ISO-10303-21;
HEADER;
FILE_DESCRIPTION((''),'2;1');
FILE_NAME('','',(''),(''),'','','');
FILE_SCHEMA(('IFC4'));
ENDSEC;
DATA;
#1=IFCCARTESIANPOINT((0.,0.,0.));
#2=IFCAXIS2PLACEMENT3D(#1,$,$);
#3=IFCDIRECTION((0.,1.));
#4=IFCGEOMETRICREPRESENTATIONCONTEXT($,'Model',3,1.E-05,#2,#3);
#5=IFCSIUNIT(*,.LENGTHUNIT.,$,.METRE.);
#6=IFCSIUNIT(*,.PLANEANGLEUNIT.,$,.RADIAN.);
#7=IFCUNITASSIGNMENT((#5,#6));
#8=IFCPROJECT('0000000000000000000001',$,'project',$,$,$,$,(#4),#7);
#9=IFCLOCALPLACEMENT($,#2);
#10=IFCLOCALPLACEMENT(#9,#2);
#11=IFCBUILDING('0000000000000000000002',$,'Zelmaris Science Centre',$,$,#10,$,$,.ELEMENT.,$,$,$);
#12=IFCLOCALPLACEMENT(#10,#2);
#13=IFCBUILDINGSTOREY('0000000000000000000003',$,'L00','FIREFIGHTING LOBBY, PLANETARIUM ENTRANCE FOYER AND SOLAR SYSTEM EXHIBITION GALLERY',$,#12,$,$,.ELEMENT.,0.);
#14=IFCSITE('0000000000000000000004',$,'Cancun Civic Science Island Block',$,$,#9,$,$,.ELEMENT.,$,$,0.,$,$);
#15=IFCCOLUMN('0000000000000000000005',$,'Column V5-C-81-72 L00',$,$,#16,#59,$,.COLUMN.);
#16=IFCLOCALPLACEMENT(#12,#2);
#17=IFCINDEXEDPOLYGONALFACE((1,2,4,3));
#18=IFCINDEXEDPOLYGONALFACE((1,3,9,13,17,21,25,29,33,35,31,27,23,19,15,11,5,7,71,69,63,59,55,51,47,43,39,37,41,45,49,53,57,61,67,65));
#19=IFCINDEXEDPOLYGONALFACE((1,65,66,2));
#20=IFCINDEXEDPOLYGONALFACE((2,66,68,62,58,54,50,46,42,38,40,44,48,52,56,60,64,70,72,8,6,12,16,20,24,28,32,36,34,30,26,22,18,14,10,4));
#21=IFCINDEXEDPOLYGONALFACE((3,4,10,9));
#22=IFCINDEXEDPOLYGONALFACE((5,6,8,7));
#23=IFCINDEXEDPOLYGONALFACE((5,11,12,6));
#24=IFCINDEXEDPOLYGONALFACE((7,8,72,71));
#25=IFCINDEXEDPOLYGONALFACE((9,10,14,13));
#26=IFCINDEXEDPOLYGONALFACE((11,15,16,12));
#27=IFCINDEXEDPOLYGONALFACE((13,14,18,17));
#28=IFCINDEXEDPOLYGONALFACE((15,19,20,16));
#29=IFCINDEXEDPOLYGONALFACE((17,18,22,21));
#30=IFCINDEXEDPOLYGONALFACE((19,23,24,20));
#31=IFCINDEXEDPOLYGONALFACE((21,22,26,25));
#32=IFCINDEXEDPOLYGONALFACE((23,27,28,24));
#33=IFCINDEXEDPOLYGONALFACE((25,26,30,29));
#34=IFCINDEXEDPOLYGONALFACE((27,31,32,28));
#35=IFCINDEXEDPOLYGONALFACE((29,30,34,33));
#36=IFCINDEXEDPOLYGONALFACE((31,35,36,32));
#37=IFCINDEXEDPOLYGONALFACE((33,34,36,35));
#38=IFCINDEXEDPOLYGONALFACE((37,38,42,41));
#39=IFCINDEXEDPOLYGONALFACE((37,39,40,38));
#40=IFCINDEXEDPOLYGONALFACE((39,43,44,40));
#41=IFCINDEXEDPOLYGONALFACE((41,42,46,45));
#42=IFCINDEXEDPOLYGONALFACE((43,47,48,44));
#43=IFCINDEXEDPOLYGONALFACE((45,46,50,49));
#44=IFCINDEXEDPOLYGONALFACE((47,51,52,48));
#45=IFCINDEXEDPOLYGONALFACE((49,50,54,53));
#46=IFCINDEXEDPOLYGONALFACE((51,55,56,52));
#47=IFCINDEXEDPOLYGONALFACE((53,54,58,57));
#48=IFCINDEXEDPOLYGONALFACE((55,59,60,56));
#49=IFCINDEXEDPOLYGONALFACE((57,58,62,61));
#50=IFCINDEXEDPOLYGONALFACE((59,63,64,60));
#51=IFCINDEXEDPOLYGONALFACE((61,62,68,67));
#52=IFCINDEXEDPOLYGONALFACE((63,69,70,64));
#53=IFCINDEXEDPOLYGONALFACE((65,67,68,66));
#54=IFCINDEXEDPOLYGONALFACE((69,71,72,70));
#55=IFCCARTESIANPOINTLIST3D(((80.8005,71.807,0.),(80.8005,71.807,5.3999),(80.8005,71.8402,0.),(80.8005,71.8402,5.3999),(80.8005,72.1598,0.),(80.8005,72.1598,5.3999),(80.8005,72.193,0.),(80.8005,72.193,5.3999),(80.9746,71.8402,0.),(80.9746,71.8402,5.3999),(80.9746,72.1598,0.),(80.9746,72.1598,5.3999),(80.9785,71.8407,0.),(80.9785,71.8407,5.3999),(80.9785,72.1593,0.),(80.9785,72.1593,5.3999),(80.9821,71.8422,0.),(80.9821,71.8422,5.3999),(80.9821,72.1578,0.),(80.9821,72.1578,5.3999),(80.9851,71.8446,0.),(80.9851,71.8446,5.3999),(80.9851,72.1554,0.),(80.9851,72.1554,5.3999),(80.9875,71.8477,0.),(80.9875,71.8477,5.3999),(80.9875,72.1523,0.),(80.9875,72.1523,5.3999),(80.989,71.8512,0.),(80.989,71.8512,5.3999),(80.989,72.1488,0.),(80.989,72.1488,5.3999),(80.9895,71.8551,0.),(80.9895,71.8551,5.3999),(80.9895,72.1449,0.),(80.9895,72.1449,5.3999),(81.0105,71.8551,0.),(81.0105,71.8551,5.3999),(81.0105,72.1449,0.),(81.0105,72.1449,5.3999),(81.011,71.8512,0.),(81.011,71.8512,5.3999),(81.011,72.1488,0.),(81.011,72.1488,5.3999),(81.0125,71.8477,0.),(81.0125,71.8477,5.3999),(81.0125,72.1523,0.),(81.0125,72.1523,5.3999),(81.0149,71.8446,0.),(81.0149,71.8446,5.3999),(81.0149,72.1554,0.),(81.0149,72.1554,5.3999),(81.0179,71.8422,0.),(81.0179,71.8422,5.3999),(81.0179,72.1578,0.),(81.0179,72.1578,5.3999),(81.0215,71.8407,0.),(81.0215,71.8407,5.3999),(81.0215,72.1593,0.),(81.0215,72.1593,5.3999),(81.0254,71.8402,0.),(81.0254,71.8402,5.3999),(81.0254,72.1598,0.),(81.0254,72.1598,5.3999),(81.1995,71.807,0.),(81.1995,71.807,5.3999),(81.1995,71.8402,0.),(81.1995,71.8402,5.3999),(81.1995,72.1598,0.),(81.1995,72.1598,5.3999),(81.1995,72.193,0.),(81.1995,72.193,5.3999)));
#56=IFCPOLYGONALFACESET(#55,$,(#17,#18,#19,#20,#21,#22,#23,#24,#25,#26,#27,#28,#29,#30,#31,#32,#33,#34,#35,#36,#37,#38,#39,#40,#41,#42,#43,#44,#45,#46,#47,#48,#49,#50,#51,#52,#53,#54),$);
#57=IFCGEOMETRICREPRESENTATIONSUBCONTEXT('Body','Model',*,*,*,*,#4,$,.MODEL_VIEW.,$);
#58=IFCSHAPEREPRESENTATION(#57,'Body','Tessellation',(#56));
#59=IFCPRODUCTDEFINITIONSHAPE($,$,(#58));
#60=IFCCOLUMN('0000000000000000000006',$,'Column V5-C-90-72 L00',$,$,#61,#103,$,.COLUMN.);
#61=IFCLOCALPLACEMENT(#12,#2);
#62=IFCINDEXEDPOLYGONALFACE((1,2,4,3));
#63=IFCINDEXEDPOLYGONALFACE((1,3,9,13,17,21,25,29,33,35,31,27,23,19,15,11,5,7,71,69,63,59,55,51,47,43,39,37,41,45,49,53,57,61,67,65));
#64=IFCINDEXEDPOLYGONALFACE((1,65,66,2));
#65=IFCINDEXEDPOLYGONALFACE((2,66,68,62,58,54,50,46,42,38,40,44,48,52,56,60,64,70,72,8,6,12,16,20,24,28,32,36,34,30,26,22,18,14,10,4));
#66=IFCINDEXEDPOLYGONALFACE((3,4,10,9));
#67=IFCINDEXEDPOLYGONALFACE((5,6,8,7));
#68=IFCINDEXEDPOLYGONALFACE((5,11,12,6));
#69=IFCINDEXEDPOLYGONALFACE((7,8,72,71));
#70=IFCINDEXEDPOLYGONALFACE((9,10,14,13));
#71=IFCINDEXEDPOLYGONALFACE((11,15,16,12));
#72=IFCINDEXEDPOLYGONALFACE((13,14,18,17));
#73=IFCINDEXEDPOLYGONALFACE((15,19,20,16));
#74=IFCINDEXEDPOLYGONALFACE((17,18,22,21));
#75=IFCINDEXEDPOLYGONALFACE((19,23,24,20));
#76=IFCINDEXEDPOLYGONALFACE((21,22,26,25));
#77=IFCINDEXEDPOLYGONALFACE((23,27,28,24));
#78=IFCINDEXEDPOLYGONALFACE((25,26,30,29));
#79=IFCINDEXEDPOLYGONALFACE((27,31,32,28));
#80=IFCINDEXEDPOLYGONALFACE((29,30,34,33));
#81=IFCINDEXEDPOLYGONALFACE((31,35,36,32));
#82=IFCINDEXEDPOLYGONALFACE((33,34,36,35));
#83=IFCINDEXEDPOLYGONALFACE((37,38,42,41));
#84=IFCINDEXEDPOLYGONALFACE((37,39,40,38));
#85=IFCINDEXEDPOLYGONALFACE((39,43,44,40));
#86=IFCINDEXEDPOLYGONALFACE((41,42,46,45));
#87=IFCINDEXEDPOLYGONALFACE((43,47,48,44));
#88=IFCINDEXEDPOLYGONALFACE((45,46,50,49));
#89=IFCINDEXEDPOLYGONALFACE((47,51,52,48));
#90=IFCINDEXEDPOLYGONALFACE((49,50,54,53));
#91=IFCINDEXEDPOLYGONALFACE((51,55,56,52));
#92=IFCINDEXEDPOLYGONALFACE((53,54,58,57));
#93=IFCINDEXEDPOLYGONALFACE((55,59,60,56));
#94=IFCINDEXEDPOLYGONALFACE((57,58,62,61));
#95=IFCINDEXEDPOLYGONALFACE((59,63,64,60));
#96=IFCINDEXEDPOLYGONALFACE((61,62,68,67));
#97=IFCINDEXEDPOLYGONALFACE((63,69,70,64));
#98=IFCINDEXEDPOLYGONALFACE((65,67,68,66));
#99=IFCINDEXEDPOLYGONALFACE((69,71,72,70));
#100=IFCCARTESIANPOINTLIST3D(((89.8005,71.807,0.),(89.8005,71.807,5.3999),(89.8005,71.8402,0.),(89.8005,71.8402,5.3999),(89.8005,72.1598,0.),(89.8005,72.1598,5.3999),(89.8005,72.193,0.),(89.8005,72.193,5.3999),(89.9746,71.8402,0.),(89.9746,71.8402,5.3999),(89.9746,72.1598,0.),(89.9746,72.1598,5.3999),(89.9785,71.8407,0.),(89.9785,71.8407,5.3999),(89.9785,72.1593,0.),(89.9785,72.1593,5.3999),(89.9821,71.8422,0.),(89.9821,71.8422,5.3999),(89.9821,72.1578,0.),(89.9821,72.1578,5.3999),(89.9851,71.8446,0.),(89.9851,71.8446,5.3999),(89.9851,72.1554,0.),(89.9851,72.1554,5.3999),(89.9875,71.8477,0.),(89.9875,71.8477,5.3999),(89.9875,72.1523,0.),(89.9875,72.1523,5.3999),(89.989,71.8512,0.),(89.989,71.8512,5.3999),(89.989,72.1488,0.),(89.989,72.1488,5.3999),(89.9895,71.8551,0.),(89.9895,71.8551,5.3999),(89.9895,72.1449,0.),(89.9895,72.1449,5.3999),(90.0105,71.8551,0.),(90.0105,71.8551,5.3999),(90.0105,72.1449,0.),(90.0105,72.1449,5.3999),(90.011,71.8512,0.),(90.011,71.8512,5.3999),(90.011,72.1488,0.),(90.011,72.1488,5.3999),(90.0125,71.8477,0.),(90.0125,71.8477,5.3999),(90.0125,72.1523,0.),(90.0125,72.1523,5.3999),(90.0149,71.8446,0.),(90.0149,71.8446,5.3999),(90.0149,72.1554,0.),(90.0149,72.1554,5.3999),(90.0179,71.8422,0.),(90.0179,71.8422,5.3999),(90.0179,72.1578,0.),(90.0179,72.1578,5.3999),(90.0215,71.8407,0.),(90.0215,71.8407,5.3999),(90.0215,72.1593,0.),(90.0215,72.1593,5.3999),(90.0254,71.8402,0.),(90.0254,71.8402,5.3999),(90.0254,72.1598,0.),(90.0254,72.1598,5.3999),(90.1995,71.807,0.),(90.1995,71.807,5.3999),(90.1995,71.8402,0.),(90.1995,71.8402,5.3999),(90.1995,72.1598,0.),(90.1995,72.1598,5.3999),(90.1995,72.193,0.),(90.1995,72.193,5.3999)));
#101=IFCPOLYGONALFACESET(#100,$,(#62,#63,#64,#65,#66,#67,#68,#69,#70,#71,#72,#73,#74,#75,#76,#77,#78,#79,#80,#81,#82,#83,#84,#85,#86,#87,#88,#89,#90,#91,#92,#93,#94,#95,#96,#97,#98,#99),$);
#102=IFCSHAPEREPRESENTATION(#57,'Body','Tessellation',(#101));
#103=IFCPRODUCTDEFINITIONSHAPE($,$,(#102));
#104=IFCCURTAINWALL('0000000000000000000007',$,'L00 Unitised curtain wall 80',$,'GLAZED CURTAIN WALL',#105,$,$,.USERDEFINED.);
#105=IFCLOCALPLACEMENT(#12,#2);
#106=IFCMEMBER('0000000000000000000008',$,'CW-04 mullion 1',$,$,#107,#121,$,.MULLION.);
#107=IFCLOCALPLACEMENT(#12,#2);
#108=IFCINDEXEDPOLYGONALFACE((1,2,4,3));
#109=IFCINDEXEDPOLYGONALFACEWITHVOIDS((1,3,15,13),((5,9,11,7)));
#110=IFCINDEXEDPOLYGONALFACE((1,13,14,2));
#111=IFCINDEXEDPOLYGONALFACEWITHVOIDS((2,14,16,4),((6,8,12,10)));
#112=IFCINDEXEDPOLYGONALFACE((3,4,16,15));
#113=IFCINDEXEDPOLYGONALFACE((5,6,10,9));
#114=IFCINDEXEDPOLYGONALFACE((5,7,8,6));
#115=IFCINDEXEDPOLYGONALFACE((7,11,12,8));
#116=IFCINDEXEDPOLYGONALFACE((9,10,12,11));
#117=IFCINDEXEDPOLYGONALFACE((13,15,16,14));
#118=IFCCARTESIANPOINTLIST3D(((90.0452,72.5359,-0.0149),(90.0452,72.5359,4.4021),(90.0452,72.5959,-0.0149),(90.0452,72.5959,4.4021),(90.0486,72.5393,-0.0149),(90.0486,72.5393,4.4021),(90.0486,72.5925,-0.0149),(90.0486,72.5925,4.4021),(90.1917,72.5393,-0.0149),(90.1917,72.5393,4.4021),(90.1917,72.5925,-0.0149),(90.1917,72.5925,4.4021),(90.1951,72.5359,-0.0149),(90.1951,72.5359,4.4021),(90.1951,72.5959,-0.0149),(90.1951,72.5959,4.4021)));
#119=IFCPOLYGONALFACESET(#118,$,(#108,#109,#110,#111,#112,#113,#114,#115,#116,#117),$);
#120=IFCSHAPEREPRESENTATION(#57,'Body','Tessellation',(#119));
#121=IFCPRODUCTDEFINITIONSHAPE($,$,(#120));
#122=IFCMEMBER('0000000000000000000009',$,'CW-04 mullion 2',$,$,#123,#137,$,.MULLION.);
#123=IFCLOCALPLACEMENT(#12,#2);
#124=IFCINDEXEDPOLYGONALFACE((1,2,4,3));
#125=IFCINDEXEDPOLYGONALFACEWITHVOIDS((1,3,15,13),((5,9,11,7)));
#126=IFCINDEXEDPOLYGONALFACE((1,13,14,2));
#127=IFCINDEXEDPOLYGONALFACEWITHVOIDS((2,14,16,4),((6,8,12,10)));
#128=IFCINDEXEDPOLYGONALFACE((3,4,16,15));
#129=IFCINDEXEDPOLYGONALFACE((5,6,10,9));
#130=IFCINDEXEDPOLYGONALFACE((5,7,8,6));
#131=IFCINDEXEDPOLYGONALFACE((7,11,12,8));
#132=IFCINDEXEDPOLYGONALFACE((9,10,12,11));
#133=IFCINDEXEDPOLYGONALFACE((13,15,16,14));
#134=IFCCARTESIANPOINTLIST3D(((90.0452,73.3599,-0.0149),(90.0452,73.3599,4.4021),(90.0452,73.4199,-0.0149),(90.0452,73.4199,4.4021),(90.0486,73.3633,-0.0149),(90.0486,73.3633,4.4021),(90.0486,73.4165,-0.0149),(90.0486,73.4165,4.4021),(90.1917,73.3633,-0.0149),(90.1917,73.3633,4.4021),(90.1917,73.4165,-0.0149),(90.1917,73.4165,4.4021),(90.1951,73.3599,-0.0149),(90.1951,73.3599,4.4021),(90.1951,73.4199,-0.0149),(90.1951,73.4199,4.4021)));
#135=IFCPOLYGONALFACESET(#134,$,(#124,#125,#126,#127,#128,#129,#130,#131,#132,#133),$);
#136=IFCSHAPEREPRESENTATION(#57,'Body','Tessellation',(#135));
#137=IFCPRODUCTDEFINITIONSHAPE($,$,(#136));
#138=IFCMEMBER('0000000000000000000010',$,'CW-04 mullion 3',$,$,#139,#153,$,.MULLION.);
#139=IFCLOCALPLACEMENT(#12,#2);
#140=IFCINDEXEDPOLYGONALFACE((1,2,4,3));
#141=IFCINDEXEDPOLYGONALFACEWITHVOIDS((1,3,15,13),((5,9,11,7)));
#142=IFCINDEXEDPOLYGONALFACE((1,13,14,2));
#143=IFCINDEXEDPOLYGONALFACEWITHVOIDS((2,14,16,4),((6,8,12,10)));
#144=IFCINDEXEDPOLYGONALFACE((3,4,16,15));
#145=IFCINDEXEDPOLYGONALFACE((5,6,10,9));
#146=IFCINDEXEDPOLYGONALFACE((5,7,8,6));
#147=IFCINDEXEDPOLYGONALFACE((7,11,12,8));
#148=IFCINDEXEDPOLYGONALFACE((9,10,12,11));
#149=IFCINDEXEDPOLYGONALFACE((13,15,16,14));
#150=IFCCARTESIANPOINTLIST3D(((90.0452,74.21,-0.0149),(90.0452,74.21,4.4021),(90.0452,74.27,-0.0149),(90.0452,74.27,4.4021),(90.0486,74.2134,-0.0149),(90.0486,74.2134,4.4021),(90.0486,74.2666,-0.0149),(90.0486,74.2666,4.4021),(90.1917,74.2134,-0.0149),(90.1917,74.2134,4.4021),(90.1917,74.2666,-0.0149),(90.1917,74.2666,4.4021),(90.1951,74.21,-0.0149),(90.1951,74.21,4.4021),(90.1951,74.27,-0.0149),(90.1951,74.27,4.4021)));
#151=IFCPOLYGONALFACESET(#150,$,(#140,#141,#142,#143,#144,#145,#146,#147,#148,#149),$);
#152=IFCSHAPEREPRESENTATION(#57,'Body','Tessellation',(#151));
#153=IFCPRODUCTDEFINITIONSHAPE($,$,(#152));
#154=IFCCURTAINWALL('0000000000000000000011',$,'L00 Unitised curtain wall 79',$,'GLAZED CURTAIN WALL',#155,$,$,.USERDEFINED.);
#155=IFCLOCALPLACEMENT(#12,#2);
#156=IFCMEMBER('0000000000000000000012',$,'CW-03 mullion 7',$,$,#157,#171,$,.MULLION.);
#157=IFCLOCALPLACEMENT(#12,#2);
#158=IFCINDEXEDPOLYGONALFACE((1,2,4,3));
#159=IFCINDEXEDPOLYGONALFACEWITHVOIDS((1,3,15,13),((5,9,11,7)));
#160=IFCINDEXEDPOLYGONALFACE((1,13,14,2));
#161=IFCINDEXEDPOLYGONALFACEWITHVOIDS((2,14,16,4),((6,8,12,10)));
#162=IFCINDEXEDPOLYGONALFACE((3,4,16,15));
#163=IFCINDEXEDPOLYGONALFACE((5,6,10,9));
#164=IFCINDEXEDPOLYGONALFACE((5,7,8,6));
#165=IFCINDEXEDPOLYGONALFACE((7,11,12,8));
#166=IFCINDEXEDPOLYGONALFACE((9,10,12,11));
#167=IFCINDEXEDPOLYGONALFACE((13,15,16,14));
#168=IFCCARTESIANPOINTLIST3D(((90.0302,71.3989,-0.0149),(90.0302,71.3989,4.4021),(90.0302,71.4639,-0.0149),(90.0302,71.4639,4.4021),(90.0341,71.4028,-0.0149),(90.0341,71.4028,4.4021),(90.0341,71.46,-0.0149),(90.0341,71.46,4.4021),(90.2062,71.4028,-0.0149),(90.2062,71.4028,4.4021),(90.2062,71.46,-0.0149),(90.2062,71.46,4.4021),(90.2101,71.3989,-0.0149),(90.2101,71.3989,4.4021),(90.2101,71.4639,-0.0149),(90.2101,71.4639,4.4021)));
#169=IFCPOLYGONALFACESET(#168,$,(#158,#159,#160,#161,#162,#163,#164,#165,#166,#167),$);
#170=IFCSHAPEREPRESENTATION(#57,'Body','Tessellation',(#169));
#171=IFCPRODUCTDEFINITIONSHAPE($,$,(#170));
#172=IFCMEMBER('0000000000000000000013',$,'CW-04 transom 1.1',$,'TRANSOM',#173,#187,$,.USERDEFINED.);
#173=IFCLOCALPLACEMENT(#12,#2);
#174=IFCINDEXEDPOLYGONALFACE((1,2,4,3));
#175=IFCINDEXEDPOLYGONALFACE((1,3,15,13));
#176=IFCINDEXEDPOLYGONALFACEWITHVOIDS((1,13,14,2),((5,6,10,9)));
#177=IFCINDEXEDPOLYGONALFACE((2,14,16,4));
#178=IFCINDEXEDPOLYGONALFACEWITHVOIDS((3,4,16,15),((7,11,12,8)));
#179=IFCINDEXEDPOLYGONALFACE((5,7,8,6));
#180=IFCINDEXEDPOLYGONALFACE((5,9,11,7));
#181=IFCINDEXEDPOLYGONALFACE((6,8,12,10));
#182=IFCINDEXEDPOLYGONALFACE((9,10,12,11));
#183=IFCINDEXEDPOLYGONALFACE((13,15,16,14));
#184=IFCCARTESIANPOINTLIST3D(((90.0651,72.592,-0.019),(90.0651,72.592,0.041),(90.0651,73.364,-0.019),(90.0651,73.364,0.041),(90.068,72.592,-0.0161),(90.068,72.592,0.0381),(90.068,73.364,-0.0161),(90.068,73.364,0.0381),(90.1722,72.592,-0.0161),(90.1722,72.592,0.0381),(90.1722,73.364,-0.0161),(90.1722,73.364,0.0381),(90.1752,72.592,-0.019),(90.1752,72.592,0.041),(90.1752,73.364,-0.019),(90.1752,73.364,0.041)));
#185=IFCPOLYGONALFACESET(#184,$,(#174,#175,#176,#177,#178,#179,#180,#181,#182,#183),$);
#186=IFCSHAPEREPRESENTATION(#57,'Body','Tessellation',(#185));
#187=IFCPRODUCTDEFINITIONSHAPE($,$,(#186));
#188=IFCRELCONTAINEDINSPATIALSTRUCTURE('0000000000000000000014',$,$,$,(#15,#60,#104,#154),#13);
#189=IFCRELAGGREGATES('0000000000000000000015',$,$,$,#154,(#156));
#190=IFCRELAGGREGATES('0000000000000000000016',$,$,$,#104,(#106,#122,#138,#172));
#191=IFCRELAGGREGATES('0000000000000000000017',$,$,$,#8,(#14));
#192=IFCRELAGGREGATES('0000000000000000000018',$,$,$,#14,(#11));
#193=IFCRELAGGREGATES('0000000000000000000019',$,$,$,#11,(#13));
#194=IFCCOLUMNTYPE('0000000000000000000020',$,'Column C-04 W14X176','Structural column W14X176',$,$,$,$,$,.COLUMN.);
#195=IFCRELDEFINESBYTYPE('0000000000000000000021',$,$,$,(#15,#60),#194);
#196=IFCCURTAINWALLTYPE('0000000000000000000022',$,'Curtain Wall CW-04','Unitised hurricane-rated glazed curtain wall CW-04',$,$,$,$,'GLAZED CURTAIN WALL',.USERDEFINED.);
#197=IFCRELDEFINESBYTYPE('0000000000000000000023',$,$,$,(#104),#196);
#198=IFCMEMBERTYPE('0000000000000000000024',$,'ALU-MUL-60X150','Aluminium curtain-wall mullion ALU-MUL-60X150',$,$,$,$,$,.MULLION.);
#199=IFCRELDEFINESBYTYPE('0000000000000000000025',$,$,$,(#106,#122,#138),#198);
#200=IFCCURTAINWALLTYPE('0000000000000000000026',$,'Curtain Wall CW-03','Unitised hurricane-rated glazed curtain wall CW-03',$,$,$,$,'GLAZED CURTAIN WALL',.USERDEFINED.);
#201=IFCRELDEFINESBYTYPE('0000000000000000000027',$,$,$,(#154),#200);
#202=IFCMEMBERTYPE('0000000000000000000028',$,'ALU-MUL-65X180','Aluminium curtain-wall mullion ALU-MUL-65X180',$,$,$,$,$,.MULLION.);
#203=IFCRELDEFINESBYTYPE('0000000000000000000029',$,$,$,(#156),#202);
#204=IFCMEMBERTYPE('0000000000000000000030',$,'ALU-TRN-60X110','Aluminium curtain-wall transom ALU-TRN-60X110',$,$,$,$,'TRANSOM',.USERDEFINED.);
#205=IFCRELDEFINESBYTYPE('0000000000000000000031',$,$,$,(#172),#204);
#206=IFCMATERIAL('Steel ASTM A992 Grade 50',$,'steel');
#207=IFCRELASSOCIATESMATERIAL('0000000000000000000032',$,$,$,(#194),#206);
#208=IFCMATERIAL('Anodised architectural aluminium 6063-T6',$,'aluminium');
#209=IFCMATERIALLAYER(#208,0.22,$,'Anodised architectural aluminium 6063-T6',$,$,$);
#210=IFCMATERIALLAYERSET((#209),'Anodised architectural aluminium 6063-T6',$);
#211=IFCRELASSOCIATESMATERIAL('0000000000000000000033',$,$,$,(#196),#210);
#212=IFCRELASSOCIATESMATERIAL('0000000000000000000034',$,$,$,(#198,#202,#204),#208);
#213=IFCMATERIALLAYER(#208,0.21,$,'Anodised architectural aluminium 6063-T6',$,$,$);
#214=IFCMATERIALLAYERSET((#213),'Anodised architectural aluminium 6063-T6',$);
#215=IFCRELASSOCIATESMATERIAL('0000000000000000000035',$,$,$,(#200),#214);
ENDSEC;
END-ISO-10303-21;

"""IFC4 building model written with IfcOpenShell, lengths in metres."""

from ifc_helpers import new_model, si_unit, direction, frame, origin, origin_2d, place, context, subcontext, project, spatial, hollow_rectangle, i_section, extrude, material, layer, layer_set, material_profile, profile_set, type_object, element, aggregate, save


model = new_model("IFC4")

# Units and contexts
model_context = context("Model", 3, precision=1e-05, world=origin(), true_north=direction((0.0, 1.0)))
body_context = subcontext(model_context, "Body", "Model", "MODEL_VIEW")
ifc_project = project(units=[si_unit("LENGTHUNIT", "METRE"), si_unit("PLANEANGLEUNIT", "RADIAN")], contexts=[model_context])

# Site, building, storey
site_placement = place(None, origin())
site = spatial("IfcSite", under=ifc_project, at=site_placement, Name="Cancun Civic Science Island Block", CompositionType="ELEMENT", RefElevation=0.0)
building_placement = place(site_placement, origin())
building = spatial("IfcBuilding", under=site, at=building_placement, Name="Zelmaris Science Centre", CompositionType="ELEMENT")
storey_placement = place(building_placement, origin())
storey = spatial("IfcBuildingStorey", under=building, at=storey_placement, Name="L00", Description="FIREFIGHTING LOBBY, PLANETARIUM ENTRANCE FOYER AND SOLAR SYSTEM EXHIBITION GALLERY", CompositionType="ELEMENT", Elevation=0.0)

# Columns
ifc_material_1 = material(Name="Steel ASTM A992 Grade 50", Category="steel")
ifc_material_profile_1 = material_profile(ifc_material_1, i_section(OverallWidth=0.3989, OverallDepth=0.386, WebThickness=0.021, FlangeThickness=0.0332, FilletRadius=0.0149, at=origin_2d()), Name="W14X176")
ifc_profile_set_1 = profile_set([ifc_material_profile_1], Name="Steel ASTM A992 Grade 50")
column_type = type_object("IfcColumnType", Name="Column C-04 W14X176", Description="Structural column W14X176", PredefinedType="COLUMN", material=ifc_profile_set_1)
for number, where, z_axis, x_axis, name in (
    (1, (81.0, 72.0, 0.0), (0.0, 0.0, 1.0), (1.0, 0.0, 0.0), "Column V5-C-81-72 L00"),
    (2, (90.0, 72.0, 0.0), (0.0, 0.0, 1.0), (1.0, 0.0, 0.0), "Column V5-C-90-72 L00"),
):
    element("IfcColumn", number, at=place(storey_placement, frame(where, z_axis=z_axis, x_axis=x_axis)), inside=storey, type_object=column_type, Name=name, PredefinedType="COLUMN", context=body_context, shape_type="SweptSolid", body=[
        extrude(i_section(OverallWidth=0.3989, OverallDepth=0.386, WebThickness=0.021, FlangeThickness=0.0332, FilletRadius=0.0149, at=origin_2d()), origin(), (0.0, 0.0, 1.0), 5.3999),
    ])

# Curtain wall, members
ifc_material_2 = material(Name="Anodised architectural aluminium 6063-T6", Category="aluminium")
ifc_layer_1 = layer(ifc_material_2, 0.22, Name="Anodised architectural aluminium 6063-T6")
ifc_layer_set_1 = layer_set([ifc_layer_1], Name="Anodised architectural aluminium 6063-T6")
curtain_wall_type_1 = type_object("IfcCurtainWallType", Name="Curtain Wall CW-04", Description="Unitised hurricane-rated glazed curtain wall CW-04", ElementType="GLAZED CURTAIN WALL", PredefinedType="USERDEFINED", material=ifc_layer_set_1)
curtain_wall_1_placement = place(storey_placement, origin())
curtain_wall_1 = element("IfcCurtainWall", 3, at=curtain_wall_1_placement, inside=storey, type_object=curtain_wall_type_1, Name="L00 Unitised curtain wall 80", ObjectType="GLAZED CURTAIN WALL", PredefinedType="USERDEFINED")
ifc_material_profile_2 = material_profile(ifc_material_2, hollow_rectangle(XDim=0.0601, YDim=0.1499, WallThickness=0.0034, at=origin_2d()), Name="ALU-MUL-60X150")
ifc_profile_set_2 = profile_set([ifc_material_profile_2], Name="Anodised architectural aluminium 6063-T6")
member_type_1 = type_object("IfcMemberType", Name="ALU-MUL-60X150", Description="Aluminium curtain-wall mullion ALU-MUL-60X150", PredefinedType="MULLION", material=ifc_profile_set_2)
member_1_placement = place(storey_placement, frame((90.1201, 72.5659, -0.0149), z_axis=(0.0, 0.0, 1.0), x_axis=(0.0, 1.0, 0.0)))
member_1 = element("IfcMember", 4, at=member_1_placement, type_object=member_type_1, Name="CW-04 mullion 1", PredefinedType="MULLION", context=body_context, shape_type="SweptSolid", body=[
    extrude(hollow_rectangle(XDim=0.0601, YDim=0.1499, WallThickness=0.0034, at=origin_2d()), origin(), (0.0, 0.0, 1.0), 4.417),
])
member_2_placement = place(storey_placement, frame((90.1201, 73.3899, -0.0149), z_axis=(0.0, 0.0, 1.0), x_axis=(0.0, 1.0, 0.0)))
member_2 = element("IfcMember", 5, at=member_2_placement, type_object=member_type_1, Name="CW-04 mullion 2", PredefinedType="MULLION", context=body_context, shape_type="SweptSolid", body=[
    extrude(hollow_rectangle(XDim=0.0601, YDim=0.1499, WallThickness=0.0034, at=origin_2d()), origin(), (0.0, 0.0, 1.0), 4.417),
])
member_3_placement = place(storey_placement, frame((90.1201, 74.24, -0.0149), z_axis=(0.0, 0.0, 1.0), x_axis=(0.0, 1.0, 0.0)))
member_3 = element("IfcMember", 6, at=member_3_placement, type_object=member_type_1, Name="CW-04 mullion 3", PredefinedType="MULLION", context=body_context, shape_type="SweptSolid", body=[
    extrude(hollow_rectangle(XDim=0.0601, YDim=0.1499, WallThickness=0.0034, at=origin_2d()), origin(), (0.0, 0.0, 1.0), 4.417),
])

# Curtain wall, member
ifc_layer_2 = layer(ifc_material_2, 0.21, Name="Anodised architectural aluminium 6063-T6")
ifc_layer_set_2 = layer_set([ifc_layer_2], Name="Anodised architectural aluminium 6063-T6")
curtain_wall_type_2 = type_object("IfcCurtainWallType", Name="Curtain Wall CW-03", Description="Unitised hurricane-rated glazed curtain wall CW-03", ElementType="GLAZED CURTAIN WALL", PredefinedType="USERDEFINED", material=ifc_layer_set_2)
curtain_wall_2_placement = place(storey_placement, origin())
curtain_wall_2 = element("IfcCurtainWall", 7, at=curtain_wall_2_placement, inside=storey, type_object=curtain_wall_type_2, Name="L00 Unitised curtain wall 79", ObjectType="GLAZED CURTAIN WALL", PredefinedType="USERDEFINED")
ifc_material_profile_3 = material_profile(ifc_material_2, hollow_rectangle(XDim=0.0649, YDim=0.1799, WallThickness=0.0039, at=origin_2d()), Name="ALU-MUL-65X180")
ifc_profile_set_3 = profile_set([ifc_material_profile_3], Name="Anodised architectural aluminium 6063-T6")
member_type_2 = type_object("IfcMemberType", Name="ALU-MUL-65X180", Description="Aluminium curtain-wall mullion ALU-MUL-65X180", PredefinedType="MULLION", material=ifc_profile_set_3)
member_4_placement = place(storey_placement, frame((90.1201, 71.4314, -0.0149), z_axis=(0.0, 0.0, 1.0), x_axis=(0.0, 1.0, 0.0)))
member_4 = element("IfcMember", 8, at=member_4_placement, type_object=member_type_2, Name="CW-03 mullion 7", PredefinedType="MULLION", context=body_context, shape_type="SweptSolid", body=[
    extrude(hollow_rectangle(XDim=0.0649, YDim=0.1799, WallThickness=0.0039, at=origin_2d()), origin(), (0.0, 0.0, 1.0), 4.417),
])

# Member
ifc_material_profile_4 = material_profile(ifc_material_2, hollow_rectangle(XDim=0.0601, YDim=0.1101, WallThickness=0.0029, at=origin_2d()), Name="ALU-TRN-60X110")
ifc_profile_set_4 = profile_set([ifc_material_profile_4], Name="Anodised architectural aluminium 6063-T6")
member_type_3 = type_object("IfcMemberType", Name="ALU-TRN-60X110", Description="Aluminium curtain-wall transom ALU-TRN-60X110", ElementType="TRANSOM", PredefinedType="USERDEFINED", material=ifc_profile_set_4)
member_5_placement = place(storey_placement, frame((90.1201, 72.592, 0.011), z_axis=(0.0, 1.0, 0.0), x_axis=(0.0, 0.0, 1.0)))
member_5 = element("IfcMember", 9, at=member_5_placement, type_object=member_type_3, Name="CW-04 transom 1.1", ObjectType="TRANSOM", PredefinedType="USERDEFINED", context=body_context, shape_type="SweptSolid", body=[
    extrude(hollow_rectangle(XDim=0.0601, YDim=0.1101, WallThickness=0.0029, at=origin_2d()), origin(), (0.0, 0.0, 1.0), 0.772),
])

aggregate(curtain_wall_2, [member_4])
aggregate(curtain_wall_1, [member_1, member_2, member_3, member_5])

save(model, "model.ifc")
